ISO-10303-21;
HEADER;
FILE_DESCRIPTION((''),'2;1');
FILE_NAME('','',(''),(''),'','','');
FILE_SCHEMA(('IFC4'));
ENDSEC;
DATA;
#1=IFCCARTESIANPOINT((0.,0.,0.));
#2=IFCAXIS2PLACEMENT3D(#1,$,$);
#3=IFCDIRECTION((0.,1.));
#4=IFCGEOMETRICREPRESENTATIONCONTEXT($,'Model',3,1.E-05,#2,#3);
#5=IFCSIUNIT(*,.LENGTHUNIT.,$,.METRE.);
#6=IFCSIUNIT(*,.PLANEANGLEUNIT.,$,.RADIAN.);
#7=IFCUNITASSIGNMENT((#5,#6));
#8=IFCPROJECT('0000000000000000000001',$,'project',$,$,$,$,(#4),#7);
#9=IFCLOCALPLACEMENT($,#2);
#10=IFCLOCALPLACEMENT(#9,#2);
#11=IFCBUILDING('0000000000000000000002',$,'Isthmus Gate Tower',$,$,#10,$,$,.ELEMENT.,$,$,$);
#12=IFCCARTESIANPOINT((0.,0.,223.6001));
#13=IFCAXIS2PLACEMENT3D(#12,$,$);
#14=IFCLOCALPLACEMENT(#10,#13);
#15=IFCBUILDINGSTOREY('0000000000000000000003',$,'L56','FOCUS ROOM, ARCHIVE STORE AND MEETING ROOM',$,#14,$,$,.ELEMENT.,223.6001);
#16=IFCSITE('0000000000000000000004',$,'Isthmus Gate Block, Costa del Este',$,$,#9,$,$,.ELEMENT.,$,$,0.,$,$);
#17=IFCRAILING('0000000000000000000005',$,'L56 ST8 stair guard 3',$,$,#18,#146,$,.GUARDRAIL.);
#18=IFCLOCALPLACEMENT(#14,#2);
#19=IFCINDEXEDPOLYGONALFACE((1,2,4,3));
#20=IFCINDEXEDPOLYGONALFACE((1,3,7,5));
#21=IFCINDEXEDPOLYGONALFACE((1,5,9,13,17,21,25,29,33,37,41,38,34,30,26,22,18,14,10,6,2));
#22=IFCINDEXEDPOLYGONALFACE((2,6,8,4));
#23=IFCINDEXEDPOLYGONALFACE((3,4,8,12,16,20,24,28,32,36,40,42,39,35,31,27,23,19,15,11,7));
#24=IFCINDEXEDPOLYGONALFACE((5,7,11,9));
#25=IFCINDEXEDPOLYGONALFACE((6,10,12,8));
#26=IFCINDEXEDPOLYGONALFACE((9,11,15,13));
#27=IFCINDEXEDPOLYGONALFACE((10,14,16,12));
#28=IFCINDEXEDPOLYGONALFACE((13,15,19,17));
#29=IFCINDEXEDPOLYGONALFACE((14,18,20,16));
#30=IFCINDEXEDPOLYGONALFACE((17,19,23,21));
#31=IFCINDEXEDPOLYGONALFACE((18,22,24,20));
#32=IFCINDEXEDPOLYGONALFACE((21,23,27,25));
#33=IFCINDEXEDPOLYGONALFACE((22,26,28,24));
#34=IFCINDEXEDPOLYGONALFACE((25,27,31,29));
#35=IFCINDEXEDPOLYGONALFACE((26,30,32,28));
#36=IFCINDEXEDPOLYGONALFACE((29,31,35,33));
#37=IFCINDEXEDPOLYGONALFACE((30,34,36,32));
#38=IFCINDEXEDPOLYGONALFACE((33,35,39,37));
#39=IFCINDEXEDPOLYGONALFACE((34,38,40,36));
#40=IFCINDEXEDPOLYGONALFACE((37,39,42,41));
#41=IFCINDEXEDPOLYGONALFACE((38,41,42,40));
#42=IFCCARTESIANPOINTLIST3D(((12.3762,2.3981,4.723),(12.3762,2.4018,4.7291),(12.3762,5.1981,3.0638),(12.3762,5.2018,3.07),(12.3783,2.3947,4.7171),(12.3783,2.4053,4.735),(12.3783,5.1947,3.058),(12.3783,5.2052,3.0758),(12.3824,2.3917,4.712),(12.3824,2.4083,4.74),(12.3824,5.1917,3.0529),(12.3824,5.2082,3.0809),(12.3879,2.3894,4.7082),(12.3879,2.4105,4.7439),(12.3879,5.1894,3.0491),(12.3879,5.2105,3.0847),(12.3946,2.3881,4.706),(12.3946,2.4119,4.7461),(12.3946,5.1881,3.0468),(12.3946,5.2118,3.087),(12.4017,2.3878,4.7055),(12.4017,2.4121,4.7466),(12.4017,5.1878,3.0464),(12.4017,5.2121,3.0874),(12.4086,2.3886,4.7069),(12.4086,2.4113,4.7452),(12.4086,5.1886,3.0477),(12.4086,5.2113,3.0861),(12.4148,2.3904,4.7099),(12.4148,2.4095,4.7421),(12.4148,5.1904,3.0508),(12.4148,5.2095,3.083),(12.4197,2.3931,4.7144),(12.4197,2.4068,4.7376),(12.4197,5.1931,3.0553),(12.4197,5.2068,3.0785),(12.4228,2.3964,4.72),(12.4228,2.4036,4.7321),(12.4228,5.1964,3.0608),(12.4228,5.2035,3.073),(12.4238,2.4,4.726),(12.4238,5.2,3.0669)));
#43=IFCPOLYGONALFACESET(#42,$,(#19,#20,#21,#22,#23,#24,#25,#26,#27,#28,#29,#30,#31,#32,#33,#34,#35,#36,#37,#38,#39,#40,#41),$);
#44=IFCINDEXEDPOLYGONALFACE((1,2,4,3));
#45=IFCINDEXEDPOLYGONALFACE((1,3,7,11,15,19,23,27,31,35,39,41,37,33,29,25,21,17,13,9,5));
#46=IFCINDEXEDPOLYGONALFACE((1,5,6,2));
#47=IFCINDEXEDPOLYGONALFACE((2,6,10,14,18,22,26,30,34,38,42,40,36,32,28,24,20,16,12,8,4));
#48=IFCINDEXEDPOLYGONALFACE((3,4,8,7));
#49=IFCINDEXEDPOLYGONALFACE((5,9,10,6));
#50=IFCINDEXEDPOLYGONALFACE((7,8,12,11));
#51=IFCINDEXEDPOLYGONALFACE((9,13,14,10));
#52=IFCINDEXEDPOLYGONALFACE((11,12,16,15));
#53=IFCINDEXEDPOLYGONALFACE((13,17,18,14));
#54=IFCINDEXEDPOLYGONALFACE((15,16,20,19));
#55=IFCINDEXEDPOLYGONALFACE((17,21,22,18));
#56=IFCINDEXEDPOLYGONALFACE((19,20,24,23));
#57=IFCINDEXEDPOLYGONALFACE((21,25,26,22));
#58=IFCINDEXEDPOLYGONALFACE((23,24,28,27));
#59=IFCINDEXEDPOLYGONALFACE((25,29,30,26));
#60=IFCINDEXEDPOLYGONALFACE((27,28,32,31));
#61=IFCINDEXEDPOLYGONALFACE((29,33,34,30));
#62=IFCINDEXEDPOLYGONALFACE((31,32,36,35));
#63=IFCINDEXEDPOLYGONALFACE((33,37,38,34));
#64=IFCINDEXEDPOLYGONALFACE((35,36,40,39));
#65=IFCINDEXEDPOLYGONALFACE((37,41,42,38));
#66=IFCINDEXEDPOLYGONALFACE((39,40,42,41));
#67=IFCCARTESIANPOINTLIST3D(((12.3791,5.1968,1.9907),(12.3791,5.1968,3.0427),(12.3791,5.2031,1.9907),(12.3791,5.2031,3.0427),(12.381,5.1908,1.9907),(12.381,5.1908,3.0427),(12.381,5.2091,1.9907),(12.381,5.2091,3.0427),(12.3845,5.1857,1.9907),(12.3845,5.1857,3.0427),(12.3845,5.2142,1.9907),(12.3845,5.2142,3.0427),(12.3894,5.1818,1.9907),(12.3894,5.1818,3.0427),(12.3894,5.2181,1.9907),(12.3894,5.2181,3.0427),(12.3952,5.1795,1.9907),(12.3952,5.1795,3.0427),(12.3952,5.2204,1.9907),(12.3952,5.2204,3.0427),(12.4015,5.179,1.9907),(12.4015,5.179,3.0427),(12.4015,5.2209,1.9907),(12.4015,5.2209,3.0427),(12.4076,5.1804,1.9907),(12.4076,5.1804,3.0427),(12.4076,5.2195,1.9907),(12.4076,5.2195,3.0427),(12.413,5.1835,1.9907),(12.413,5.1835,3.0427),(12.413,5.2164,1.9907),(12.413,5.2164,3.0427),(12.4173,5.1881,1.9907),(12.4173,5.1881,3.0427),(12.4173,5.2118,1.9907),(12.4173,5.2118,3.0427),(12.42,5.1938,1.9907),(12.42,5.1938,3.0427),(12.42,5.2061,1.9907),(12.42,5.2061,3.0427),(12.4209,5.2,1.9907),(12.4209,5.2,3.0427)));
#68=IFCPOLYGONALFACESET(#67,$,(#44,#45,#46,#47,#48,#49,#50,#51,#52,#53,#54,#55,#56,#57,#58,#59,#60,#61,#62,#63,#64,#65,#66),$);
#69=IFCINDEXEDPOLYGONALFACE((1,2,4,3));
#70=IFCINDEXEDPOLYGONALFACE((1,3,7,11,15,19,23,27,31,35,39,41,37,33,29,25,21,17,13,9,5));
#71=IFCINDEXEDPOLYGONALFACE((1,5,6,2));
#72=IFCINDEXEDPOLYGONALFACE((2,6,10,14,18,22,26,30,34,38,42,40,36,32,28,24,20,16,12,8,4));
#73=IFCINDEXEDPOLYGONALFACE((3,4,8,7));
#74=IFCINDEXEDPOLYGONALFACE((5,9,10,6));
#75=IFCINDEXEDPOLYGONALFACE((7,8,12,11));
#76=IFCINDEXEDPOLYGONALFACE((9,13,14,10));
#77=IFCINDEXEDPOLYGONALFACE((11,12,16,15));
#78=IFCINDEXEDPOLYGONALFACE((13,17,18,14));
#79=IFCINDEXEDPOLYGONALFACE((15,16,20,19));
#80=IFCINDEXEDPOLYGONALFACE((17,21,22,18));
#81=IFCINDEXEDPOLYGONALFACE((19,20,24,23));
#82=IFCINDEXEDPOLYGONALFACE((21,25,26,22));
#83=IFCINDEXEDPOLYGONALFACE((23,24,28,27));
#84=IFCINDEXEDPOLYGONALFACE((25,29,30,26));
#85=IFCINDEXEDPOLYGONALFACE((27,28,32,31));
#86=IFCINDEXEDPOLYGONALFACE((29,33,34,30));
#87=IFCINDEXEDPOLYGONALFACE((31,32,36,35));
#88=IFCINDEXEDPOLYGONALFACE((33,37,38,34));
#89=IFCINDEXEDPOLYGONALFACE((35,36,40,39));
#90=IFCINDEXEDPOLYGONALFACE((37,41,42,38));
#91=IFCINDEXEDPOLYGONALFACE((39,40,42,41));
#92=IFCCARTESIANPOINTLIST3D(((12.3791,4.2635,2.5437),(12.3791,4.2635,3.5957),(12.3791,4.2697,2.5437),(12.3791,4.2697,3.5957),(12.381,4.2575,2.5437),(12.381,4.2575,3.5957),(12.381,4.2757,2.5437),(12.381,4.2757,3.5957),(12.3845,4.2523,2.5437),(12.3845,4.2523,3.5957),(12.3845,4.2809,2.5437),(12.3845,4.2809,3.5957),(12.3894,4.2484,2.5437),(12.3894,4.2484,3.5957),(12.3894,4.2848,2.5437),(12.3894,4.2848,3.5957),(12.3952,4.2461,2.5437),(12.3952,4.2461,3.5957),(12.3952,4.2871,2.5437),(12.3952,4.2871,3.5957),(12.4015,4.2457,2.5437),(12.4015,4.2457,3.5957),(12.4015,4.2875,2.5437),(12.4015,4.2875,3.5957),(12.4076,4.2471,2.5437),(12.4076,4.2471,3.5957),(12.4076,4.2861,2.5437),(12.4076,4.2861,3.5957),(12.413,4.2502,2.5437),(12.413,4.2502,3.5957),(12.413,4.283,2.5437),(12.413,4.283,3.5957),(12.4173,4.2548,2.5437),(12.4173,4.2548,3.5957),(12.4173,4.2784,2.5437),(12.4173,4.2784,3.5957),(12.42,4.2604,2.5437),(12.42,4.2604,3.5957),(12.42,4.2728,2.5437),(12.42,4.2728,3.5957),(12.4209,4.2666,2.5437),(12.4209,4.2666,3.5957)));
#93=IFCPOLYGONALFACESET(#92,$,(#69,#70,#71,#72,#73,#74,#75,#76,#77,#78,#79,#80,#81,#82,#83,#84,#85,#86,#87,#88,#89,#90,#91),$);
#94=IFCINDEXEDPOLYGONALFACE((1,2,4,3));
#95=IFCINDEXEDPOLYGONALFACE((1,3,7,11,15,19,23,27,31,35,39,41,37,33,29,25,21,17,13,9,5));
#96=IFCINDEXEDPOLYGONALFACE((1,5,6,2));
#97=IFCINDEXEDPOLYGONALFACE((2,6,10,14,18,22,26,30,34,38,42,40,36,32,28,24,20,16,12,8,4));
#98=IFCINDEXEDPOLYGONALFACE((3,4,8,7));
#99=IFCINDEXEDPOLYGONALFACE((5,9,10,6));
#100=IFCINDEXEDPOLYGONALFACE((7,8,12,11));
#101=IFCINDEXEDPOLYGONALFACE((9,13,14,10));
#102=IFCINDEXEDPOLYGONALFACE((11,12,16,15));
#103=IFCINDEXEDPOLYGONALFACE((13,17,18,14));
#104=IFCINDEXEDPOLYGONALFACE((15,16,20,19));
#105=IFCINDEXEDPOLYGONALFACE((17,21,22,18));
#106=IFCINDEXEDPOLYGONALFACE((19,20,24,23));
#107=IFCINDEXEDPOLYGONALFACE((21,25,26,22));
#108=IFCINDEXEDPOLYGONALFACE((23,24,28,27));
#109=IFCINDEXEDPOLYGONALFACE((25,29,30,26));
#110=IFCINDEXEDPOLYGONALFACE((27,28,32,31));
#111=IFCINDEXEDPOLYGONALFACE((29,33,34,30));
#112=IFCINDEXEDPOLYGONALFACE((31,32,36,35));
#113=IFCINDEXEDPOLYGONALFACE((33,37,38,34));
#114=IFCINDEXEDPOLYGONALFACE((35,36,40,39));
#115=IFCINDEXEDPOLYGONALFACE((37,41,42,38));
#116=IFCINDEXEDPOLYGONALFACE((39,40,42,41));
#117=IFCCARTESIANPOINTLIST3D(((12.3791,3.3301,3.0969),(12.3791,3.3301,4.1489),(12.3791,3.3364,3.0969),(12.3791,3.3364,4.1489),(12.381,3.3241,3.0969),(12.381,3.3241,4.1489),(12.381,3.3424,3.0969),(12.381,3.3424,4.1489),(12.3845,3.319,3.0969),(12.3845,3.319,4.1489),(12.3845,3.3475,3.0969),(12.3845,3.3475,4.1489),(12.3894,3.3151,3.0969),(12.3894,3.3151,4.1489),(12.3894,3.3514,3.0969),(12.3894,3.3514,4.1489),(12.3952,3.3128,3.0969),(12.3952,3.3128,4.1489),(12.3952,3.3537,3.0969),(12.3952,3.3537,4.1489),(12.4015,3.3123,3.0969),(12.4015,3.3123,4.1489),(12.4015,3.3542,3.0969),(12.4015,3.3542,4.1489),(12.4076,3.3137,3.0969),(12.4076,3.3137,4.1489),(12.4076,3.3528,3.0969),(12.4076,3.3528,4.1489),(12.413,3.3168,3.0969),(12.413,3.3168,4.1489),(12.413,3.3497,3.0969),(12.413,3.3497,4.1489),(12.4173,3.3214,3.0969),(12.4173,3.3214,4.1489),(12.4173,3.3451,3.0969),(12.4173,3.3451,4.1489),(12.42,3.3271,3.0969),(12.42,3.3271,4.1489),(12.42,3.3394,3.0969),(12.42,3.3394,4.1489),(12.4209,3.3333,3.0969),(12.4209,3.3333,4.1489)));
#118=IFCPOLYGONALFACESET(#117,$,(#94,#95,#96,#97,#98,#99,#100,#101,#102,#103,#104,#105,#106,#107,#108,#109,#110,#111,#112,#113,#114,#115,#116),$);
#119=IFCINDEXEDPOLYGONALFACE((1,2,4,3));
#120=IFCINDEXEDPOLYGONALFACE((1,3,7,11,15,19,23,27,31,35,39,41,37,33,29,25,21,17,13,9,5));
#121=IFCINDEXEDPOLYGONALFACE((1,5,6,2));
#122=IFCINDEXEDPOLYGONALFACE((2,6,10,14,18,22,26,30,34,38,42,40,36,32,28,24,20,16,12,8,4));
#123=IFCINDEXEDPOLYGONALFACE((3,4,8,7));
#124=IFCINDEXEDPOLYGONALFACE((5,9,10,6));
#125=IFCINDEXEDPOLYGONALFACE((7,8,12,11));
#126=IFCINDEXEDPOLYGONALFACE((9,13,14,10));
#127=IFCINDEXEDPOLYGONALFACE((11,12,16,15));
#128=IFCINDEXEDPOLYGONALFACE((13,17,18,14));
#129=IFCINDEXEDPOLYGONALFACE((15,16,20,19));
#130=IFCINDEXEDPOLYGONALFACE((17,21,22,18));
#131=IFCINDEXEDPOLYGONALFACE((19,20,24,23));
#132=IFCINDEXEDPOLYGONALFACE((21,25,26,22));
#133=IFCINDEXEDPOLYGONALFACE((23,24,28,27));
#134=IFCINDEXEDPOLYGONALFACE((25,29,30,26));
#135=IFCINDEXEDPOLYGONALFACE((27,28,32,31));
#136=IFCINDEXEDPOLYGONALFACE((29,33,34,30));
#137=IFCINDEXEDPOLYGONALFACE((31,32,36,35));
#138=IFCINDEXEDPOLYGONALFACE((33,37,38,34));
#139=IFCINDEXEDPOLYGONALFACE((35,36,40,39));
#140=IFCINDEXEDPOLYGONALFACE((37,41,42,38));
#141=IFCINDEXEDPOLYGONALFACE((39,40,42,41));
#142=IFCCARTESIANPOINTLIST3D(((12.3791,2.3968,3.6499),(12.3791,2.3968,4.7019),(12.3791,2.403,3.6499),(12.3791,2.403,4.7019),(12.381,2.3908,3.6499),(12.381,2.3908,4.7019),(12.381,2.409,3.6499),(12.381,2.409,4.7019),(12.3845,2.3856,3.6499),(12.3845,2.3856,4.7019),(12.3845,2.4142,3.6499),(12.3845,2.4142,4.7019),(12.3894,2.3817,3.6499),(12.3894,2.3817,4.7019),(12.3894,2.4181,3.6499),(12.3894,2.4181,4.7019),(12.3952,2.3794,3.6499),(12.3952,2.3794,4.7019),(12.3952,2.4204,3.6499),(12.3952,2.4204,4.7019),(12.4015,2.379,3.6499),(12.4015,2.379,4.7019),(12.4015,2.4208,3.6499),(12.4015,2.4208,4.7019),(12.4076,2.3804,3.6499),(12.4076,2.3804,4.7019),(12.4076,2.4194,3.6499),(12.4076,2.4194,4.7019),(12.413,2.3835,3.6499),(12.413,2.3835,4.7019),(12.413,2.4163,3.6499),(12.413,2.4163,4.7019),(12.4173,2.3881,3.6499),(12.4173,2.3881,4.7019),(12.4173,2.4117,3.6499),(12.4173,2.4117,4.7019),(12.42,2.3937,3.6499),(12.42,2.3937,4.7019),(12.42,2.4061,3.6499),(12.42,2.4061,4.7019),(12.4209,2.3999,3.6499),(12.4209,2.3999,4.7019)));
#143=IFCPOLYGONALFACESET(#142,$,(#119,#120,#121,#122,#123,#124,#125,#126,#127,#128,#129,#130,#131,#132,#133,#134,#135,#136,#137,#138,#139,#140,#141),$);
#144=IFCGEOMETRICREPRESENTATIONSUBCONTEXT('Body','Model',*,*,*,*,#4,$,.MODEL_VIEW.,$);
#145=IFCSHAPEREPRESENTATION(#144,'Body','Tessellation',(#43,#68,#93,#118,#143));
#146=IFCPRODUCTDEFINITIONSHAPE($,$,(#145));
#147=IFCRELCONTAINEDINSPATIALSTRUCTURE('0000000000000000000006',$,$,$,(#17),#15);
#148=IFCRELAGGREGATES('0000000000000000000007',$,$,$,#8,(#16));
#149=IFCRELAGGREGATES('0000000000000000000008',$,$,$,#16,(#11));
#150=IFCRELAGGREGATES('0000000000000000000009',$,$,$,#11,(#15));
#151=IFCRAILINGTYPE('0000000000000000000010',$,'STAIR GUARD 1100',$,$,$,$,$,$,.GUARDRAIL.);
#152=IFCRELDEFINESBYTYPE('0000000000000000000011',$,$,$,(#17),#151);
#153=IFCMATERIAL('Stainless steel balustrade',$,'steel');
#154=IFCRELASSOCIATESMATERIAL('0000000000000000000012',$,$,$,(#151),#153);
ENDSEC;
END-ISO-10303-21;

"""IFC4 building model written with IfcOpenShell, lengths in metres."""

from ifc_helpers import new_model, si_unit, direction, frame, origin, origin_2d, place, context, subcontext, project, spatial, circle, extrude, material, type_object, element, save


model = new_model("IFC4")

# Units and contexts
model_context = context("Model", 3, precision=1e-05, world=origin(), true_north=direction((0.0, 1.0)))
body_context = subcontext(model_context, "Body", "Model", "MODEL_VIEW")
ifc_project = project(units=[si_unit("LENGTHUNIT", "METRE"), si_unit("PLANEANGLEUNIT", "RADIAN")], contexts=[model_context])

# Site, building, storey
site_placement = place(None, origin())
site = spatial("IfcSite", under=ifc_project, at=site_placement, Name="Isthmus Gate Block, Costa del Este", CompositionType="ELEMENT", RefElevation=0.0)
building_placement = place(site_placement, origin())
building = spatial("IfcBuilding", under=site, at=building_placement, Name="Isthmus Gate Tower", CompositionType="ELEMENT")
storey_placement = place(building_placement, frame((0.0, 0.0, 223.6001)))
storey = spatial("IfcBuildingStorey", under=building, at=storey_placement, Name="L56", Description="FOCUS ROOM, ARCHIVE STORE AND MEETING ROOM", CompositionType="ELEMENT", Elevation=223.6001)

# Railing
ifc_material_1 = material(Name="Stainless steel balustrade", Category="steel")
railing_type_1 = type_object("IfcRailingType", Name="STAIR GUARD 1100", PredefinedType="GUARDRAIL", material=ifc_material_1)
railing_placement = place(storey_placement, frame((12.3999, 5.2, 1.9907)))
element("IfcRailing", 1, at=railing_placement, inside=storey, type_object=railing_type_1, Name="L56 ST8 stair guard 3", PredefinedType="GUARDRAIL", context=body_context, shape_type="SweptSolid", body=[
    extrude(circle(Radius=0.0239, at=origin_2d()), frame((0.0, 0.0, 1.0762), z_axis=(0.0, -0.860306, 0.509778), x_axis=(1.0, 0.0, 0.0)), (0.0, 0.0, 1.0), 3.2546),
    extrude(circle(Radius=0.021, at=origin_2d()), origin(), (0.0, 0.0, 1.0), 1.052),
    extrude(circle(Radius=0.021, at=origin_2d()), frame((0.0, -0.9333, 0.553)), (0.0, 0.0, 1.0), 1.052),
    extrude(circle(Radius=0.021, at=origin_2d()), frame((0.0, -1.8667, 1.1062)), (0.0, 0.0, 1.0), 1.052),
    extrude(circle(Radius=0.021, at=origin_2d()), frame((0.0, -2.8, 1.6592)), (0.0, 0.0, 1.0), 1.052),
])

save(model, "model.ifc")
